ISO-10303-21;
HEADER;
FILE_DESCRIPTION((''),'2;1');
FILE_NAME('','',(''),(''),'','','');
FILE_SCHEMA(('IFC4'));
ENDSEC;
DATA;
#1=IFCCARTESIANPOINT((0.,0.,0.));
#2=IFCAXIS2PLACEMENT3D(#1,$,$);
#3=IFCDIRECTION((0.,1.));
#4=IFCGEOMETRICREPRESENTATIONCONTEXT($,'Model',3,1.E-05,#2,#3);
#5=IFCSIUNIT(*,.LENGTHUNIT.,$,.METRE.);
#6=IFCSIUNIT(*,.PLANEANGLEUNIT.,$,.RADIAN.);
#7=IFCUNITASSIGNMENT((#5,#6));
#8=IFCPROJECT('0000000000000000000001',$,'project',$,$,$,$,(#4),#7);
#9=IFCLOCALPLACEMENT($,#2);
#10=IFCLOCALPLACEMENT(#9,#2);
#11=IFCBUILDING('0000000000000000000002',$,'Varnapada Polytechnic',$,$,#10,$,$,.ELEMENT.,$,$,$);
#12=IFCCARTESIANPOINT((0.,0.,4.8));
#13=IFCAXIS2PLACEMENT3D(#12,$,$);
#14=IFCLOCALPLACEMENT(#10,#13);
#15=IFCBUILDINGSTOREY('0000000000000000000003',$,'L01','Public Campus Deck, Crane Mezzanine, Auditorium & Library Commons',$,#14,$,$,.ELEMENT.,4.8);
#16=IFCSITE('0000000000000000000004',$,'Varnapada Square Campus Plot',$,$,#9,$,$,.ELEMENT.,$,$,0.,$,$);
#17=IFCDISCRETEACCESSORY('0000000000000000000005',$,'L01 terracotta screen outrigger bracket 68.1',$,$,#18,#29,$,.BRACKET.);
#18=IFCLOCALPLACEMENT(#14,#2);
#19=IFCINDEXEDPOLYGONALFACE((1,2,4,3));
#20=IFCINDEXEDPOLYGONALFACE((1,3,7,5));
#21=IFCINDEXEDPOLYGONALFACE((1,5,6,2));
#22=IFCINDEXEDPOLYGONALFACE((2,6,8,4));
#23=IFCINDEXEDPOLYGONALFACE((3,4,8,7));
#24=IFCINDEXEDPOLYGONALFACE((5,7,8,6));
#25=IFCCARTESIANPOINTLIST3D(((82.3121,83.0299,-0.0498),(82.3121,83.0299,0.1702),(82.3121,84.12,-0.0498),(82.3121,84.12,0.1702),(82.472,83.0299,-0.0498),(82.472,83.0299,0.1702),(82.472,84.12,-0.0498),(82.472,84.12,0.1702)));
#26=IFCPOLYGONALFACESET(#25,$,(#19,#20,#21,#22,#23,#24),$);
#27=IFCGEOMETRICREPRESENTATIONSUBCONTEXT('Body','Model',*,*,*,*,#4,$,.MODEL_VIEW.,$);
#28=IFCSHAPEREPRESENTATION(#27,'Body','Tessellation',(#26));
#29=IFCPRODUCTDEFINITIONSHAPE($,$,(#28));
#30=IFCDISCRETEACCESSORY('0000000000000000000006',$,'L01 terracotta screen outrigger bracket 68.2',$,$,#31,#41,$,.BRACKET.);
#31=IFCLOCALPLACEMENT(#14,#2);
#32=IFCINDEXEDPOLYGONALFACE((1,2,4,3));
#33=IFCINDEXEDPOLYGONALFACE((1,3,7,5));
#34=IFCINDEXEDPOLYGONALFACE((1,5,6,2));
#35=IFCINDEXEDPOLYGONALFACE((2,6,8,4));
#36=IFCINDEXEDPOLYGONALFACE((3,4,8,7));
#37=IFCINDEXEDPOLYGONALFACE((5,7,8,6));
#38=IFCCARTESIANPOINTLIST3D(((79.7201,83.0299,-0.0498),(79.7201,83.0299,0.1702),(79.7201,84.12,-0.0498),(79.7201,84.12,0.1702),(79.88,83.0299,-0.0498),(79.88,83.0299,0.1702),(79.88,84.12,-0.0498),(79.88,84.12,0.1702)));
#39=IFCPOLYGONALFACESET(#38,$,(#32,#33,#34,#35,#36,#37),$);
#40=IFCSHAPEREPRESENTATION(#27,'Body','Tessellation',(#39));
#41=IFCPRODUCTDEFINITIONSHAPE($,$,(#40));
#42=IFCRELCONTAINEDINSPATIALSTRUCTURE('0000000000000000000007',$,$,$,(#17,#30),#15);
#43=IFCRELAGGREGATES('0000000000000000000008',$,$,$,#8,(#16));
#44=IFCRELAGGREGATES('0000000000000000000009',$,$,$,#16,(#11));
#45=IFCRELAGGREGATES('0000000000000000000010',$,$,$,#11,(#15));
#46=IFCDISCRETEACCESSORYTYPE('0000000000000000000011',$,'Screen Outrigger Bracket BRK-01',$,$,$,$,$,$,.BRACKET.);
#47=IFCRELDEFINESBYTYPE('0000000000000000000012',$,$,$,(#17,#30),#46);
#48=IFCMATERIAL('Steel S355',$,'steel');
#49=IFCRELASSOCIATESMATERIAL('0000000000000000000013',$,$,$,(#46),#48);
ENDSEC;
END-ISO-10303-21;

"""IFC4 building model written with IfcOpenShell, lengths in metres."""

from ifc_helpers import new_model, si_unit, direction, frame, origin, origin_2d, place, context, subcontext, project, spatial, rectangle, extrude, material, type_object, element, save


model = new_model("IFC4")

# Units and contexts
model_context = context("Model", 3, precision=1e-05, world=origin(), true_north=direction((0.0, 1.0)))
body_context = subcontext(model_context, "Body", "Model", "MODEL_VIEW")
ifc_project = project(units=[si_unit("LENGTHUNIT", "METRE"), si_unit("PLANEANGLEUNIT", "RADIAN")], contexts=[model_context])

# Site, building, storey
site_placement = place(None, origin())
site = spatial("IfcSite", under=ifc_project, at=site_placement, Name="Varnapada Square Campus Plot", CompositionType="ELEMENT", RefElevation=0.0)
building_placement = place(site_placement, origin())
building = spatial("IfcBuilding", under=site, at=building_placement, Name="Varnapada Polytechnic", CompositionType="ELEMENT")
storey_placement = place(building_placement, frame((0.0, 0.0, 4.8)))
storey = spatial("IfcBuildingStorey", under=building, at=storey_placement, Name="L01", Description="Public Campus Deck, Crane Mezzanine, Auditorium & Library Commons", CompositionType="ELEMENT", Elevation=4.8)

# Discrete accessories
ifc_material_1 = material(Name="Steel S355", Category="steel")
discrete_accessory_type = type_object("IfcDiscreteAccessoryType", Name="Screen Outrigger Bracket BRK-01", PredefinedType="BRACKET", material=ifc_material_1)
for number, where, z_axis, x_axis, name in (
    (1, (82.3921, 83.575, -0.0498), (0.0, 0.0, 1.0), (-1.0, 0.0, 0.0), "L01 terracotta screen outrigger bracket 68.1"),
    (2, (79.8, 83.575, -0.0498), (0.0, 0.0, 1.0), (-1.0, 0.0, 0.0), "L01 terracotta screen outrigger bracket 68.2"),
):
    element("IfcDiscreteAccessory", number, at=place(storey_placement, frame(where, z_axis=z_axis, x_axis=x_axis)), inside=storey, type_object=discrete_accessory_type, Name=name, PredefinedType="BRACKET", context=body_context, shape_type="SweptSolid", body=[
        extrude(rectangle(XDim=0.1599, YDim=1.0901, at=origin_2d()), origin(), (0.0, 0.0, 1.0), 0.22),
    ])

save(model, "model.ifc")
